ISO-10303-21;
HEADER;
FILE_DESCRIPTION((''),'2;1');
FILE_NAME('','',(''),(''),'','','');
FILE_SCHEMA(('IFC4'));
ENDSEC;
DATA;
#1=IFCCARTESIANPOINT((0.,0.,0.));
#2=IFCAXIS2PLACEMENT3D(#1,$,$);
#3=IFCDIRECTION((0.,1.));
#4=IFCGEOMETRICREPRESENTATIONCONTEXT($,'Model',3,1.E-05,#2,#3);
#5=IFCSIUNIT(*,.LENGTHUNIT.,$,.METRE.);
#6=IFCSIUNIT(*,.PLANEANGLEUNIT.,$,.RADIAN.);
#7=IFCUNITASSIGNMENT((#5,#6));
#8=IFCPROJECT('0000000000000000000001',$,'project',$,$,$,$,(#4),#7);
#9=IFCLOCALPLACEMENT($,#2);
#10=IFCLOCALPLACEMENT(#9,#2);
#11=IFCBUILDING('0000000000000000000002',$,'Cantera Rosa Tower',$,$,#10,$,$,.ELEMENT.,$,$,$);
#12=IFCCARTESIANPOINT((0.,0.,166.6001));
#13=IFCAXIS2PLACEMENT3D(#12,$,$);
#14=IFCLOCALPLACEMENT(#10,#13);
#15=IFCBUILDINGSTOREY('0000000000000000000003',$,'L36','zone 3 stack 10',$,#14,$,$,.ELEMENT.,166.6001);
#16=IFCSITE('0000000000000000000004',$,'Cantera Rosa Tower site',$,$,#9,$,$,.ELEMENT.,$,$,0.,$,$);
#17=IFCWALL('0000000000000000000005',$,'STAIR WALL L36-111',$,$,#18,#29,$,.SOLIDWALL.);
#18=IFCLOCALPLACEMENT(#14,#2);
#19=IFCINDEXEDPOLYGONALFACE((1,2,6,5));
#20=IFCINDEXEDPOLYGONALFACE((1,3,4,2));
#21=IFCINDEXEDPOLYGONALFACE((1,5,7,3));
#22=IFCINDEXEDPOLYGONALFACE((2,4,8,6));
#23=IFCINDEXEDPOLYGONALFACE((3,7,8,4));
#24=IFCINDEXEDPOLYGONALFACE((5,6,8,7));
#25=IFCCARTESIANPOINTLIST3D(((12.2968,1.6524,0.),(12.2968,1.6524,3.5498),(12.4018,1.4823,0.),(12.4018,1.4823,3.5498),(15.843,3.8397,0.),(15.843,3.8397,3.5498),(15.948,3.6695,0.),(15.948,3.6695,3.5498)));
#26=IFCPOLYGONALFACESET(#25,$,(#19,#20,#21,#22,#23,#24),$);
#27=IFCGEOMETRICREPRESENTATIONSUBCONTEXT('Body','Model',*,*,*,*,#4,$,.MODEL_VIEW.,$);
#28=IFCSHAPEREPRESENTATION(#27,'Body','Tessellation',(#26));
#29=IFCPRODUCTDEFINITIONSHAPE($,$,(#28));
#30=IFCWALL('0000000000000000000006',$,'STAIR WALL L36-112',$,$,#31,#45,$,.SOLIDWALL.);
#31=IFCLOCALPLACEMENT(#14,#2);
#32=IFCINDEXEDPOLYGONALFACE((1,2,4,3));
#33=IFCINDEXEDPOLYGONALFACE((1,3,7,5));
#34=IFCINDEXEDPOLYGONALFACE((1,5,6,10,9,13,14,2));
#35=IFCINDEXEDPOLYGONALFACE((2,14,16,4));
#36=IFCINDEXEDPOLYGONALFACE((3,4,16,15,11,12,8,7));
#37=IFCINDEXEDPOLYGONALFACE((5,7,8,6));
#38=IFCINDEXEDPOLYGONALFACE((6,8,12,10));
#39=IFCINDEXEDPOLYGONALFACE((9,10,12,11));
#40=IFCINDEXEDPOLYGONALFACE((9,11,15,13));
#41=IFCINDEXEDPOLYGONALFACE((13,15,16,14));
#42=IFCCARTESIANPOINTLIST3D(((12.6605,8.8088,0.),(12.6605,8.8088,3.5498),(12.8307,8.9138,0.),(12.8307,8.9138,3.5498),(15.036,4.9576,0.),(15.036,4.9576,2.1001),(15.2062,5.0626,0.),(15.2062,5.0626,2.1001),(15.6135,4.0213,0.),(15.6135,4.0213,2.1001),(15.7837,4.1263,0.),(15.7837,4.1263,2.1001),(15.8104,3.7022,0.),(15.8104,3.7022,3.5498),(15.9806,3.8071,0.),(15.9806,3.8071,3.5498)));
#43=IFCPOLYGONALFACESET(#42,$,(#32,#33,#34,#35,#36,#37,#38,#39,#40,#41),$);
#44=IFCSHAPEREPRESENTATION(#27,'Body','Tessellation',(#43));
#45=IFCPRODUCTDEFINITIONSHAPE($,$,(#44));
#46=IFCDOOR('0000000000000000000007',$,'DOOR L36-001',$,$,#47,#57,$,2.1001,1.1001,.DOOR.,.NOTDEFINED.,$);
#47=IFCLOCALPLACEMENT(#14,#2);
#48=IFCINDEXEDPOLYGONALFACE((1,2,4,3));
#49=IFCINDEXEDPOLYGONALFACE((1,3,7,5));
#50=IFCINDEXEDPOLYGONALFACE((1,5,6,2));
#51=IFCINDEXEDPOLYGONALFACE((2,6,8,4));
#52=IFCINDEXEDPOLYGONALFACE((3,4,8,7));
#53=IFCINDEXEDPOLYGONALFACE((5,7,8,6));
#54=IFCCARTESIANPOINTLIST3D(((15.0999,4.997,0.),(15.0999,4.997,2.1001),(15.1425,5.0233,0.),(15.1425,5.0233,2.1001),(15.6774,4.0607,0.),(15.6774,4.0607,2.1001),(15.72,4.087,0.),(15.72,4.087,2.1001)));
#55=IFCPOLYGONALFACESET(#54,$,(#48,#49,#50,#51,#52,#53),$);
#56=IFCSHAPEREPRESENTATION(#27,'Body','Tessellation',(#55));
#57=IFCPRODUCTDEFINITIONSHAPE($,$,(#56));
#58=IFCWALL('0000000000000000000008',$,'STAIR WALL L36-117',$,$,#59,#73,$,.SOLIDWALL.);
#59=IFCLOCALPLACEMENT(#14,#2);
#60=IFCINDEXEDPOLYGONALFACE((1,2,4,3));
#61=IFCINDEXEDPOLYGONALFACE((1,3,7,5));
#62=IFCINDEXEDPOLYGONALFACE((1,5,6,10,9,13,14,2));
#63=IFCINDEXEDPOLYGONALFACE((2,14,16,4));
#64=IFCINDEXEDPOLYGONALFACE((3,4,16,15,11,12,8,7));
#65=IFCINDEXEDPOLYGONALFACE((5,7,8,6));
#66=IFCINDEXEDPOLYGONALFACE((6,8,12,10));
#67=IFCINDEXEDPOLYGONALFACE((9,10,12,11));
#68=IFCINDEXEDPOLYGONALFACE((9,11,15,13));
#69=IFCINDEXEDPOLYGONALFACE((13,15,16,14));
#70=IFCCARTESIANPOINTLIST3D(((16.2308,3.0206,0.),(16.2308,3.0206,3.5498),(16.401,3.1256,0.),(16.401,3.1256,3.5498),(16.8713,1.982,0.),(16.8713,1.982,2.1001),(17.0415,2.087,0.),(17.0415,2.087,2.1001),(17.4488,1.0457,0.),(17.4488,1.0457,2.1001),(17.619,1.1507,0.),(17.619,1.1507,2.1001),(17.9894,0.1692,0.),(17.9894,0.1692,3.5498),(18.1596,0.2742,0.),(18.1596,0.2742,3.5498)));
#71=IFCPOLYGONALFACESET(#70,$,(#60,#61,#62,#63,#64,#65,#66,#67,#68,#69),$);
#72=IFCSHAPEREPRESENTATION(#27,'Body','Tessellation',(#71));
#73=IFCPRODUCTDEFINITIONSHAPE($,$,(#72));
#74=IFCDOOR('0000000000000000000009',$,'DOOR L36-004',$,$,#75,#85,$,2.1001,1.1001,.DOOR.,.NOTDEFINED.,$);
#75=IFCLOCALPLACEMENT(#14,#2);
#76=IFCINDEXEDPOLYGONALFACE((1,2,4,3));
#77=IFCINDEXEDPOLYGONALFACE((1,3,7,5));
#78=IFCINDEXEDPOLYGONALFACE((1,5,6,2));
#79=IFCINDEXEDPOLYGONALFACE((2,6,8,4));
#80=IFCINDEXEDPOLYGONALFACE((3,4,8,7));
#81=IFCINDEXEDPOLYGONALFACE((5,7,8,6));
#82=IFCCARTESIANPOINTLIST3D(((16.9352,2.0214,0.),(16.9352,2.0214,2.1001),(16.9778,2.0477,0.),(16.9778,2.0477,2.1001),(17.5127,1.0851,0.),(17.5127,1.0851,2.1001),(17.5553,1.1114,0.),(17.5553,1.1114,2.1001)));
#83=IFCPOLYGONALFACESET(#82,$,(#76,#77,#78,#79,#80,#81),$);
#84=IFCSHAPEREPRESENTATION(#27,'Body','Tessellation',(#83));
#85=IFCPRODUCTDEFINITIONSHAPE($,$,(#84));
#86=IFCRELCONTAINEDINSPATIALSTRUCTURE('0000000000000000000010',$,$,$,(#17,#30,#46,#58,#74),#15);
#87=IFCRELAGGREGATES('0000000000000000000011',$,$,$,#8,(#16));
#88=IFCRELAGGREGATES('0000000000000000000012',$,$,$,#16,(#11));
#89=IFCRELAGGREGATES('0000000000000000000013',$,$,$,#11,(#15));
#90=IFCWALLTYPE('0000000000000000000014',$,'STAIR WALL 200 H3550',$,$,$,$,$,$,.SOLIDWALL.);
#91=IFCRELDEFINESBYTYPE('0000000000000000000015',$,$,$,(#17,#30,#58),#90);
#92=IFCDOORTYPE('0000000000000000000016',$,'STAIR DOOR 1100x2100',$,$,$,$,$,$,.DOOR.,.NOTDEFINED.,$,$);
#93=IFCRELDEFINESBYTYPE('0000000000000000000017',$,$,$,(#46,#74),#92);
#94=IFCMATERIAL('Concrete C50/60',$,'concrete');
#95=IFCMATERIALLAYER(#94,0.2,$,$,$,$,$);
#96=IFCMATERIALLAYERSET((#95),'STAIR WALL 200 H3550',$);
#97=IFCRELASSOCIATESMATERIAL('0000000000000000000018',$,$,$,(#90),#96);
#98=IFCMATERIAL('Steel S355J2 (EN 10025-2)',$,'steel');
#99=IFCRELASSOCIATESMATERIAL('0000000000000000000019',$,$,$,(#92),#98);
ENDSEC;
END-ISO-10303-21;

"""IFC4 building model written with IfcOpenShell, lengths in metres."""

from ifc_helpers import new_model, si_unit, direction, frame, frame_2d, origin, place, context, subcontext, project, spatial, rectangle, extrude, material, layer, layer_set, type_object, element, fill, save


model = new_model("IFC4")

# Units and contexts
model_context = context("Model", 3, precision=1e-05, world=origin(), true_north=direction((0.0, 1.0)))
body_context = subcontext(model_context, "Body", "Model", "MODEL_VIEW")
ifc_project = project(units=[si_unit("LENGTHUNIT", "METRE"), si_unit("PLANEANGLEUNIT", "RADIAN")], contexts=[model_context])

# Site, building, storey
site_placement = place(None, origin())
site = spatial("IfcSite", under=ifc_project, at=site_placement, Name="Cantera Rosa Tower site", CompositionType="ELEMENT", RefElevation=0.0)
building_placement = place(site_placement, origin())
building = spatial("IfcBuilding", under=site, at=building_placement, Name="Cantera Rosa Tower", CompositionType="ELEMENT")
storey_placement = place(building_placement, frame((0.0, 0.0, 166.6001)))
storey = spatial("IfcBuildingStorey", under=building, at=storey_placement, Name="L36", Description="zone 3 stack 10", CompositionType="ELEMENT", Elevation=166.6001)

# Wall
ifc_material_1 = material(Name="Concrete C50/60", Category="concrete")
ifc_layer_1 = layer(ifc_material_1, 0.2)
ifc_layer_set_1 = layer_set([ifc_layer_1], Name="STAIR WALL 200 H3550")
wall_type_1 = type_object("IfcWallType", Name="STAIR WALL 200 H3550", PredefinedType="SOLIDWALL", material=ifc_layer_set_1)
wall_1_placement = place(storey_placement, frame((15.8955, 3.7546, 0.0), z_axis=(0.0, 0.0, 1.0), x_axis=(-0.851121, -0.52497, 0.0)))
element("IfcWall", 1, at=wall_1_placement, inside=storey, type_object=wall_type_1, Name="STAIR WALL L36-111", PredefinedType="SOLIDWALL", context=body_context, shape_type="SweptSolid", body=[
    extrude(rectangle(XDim=4.1665, YDim=0.2, at=frame_2d((2.0833, 0.0))), origin(), (0.0, 0.0, 1.0), 3.5498),
])

# Walls, openings, doors
wall_2_placement = place(storey_placement, frame((15.8955, 3.7546, 0.0), z_axis=(0.0, 0.0, 1.0), x_axis=(-0.524983, 0.851113, 0.0)))
wall_2 = element("IfcWall", 2, at=wall_2_placement, inside=storey, type_object=wall_type_1, Name="STAIR WALL L36-112", PredefinedType="SOLIDWALL", context=body_context, shape_type="SweptSolid", body=[
    extrude(rectangle(XDim=6.0, YDim=0.2, at=frame_2d((3.0, 0.0))), origin(), (0.0, 0.0, 1.0), 3.5498),
])
opening_1_placement = place(wall_2_placement, frame((0.375, 0.0, 0.0)))
opening_1 = element("IfcOpeningElement", 3, at=opening_1_placement, cuts=wall_2, PredefinedType="OPENING", context=body_context, shape_type="SweptSolid", body=[
    extrude(rectangle(XDim=1.1001, YDim=2.1001, at=frame_2d((0.55, 1.05))), frame((0.0, 0.1099, 0.0), z_axis=(0.0, -1.0, 0.0), x_axis=(1.0, 0.0, 0.0)), (0.0, 0.0, 1.0), 0.22),
])
ifc_material_2 = material(Name="Steel S355J2 (EN 10025-2)", Category="steel")
door_type_1 = type_object("IfcDoorType", Name="STAIR DOOR 1100x2100", OperationType="NOTDEFINED", PredefinedType="DOOR", material=ifc_material_2)
door_1_placement = place(opening_1_placement, origin())
door_1 = element("IfcDoor", 4, at=door_1_placement, inside=storey, type_object=door_type_1, Name="DOOR L36-001", OperationType="NOTDEFINED", OverallHeight=2.1001, OverallWidth=1.1001, PredefinedType="DOOR", context=body_context, shape_type="SweptSolid", body=[
    extrude(rectangle(XDim=1.1001, YDim=2.1001, at=frame_2d((0.55, 1.05))), frame((0.0, 0.0249, 0.0), z_axis=(0.0, -1.0, 0.0), x_axis=(1.0, 0.0, 0.0)), (0.0, 0.0, 1.0), 0.05),
])
fill(opening_1, door_1)
wall_3_placement = place(storey_placement, frame((18.0745, 0.2217, 0.0), z_axis=(0.0, 0.0, 1.0), x_axis=(-0.524939, 0.85114, 0.0)))
wall_3 = element("IfcWall", 5, at=wall_3_placement, inside=storey, type_object=wall_type_1, Name="STAIR WALL L36-117", PredefinedType="SOLIDWALL", context=body_context, shape_type="SweptSolid", body=[
    extrude(rectangle(XDim=3.3501, YDim=0.2, at=frame_2d((1.675, 0.0))), origin(), (0.0, 0.0, 1.0), 3.5498),
])
opening_2_placement = place(wall_3_placement, frame((1.0298, 0.0, 0.0)))
opening_2 = element("IfcOpeningElement", 6, at=opening_2_placement, cuts=wall_3, PredefinedType="OPENING", context=body_context, shape_type="SweptSolid", body=[
    extrude(rectangle(XDim=1.1001, YDim=2.1001, at=frame_2d((0.55, 1.05))), frame((0.0, 0.1099, 0.0), z_axis=(0.0, -1.0, 0.0), x_axis=(1.0, 0.0, 0.0)), (0.0, 0.0, 1.0), 0.22),
])
door_2_placement = place(opening_2_placement, origin())
door_2 = element("IfcDoor", 7, at=door_2_placement, inside=storey, type_object=door_type_1, Name="DOOR L36-004", OperationType="NOTDEFINED", OverallHeight=2.1001, OverallWidth=1.1001, PredefinedType="DOOR", context=body_context, shape_type="SweptSolid", body=[
    extrude(rectangle(XDim=1.1001, YDim=2.1001, at=frame_2d((0.55, 1.05))), frame((0.0, 0.0249, 0.0), z_axis=(0.0, -1.0, 0.0), x_axis=(1.0, 0.0, 0.0)), (0.0, 0.0, 1.0), 0.05),
])
fill(opening_2, door_2)

save(model, "model.ifc")
